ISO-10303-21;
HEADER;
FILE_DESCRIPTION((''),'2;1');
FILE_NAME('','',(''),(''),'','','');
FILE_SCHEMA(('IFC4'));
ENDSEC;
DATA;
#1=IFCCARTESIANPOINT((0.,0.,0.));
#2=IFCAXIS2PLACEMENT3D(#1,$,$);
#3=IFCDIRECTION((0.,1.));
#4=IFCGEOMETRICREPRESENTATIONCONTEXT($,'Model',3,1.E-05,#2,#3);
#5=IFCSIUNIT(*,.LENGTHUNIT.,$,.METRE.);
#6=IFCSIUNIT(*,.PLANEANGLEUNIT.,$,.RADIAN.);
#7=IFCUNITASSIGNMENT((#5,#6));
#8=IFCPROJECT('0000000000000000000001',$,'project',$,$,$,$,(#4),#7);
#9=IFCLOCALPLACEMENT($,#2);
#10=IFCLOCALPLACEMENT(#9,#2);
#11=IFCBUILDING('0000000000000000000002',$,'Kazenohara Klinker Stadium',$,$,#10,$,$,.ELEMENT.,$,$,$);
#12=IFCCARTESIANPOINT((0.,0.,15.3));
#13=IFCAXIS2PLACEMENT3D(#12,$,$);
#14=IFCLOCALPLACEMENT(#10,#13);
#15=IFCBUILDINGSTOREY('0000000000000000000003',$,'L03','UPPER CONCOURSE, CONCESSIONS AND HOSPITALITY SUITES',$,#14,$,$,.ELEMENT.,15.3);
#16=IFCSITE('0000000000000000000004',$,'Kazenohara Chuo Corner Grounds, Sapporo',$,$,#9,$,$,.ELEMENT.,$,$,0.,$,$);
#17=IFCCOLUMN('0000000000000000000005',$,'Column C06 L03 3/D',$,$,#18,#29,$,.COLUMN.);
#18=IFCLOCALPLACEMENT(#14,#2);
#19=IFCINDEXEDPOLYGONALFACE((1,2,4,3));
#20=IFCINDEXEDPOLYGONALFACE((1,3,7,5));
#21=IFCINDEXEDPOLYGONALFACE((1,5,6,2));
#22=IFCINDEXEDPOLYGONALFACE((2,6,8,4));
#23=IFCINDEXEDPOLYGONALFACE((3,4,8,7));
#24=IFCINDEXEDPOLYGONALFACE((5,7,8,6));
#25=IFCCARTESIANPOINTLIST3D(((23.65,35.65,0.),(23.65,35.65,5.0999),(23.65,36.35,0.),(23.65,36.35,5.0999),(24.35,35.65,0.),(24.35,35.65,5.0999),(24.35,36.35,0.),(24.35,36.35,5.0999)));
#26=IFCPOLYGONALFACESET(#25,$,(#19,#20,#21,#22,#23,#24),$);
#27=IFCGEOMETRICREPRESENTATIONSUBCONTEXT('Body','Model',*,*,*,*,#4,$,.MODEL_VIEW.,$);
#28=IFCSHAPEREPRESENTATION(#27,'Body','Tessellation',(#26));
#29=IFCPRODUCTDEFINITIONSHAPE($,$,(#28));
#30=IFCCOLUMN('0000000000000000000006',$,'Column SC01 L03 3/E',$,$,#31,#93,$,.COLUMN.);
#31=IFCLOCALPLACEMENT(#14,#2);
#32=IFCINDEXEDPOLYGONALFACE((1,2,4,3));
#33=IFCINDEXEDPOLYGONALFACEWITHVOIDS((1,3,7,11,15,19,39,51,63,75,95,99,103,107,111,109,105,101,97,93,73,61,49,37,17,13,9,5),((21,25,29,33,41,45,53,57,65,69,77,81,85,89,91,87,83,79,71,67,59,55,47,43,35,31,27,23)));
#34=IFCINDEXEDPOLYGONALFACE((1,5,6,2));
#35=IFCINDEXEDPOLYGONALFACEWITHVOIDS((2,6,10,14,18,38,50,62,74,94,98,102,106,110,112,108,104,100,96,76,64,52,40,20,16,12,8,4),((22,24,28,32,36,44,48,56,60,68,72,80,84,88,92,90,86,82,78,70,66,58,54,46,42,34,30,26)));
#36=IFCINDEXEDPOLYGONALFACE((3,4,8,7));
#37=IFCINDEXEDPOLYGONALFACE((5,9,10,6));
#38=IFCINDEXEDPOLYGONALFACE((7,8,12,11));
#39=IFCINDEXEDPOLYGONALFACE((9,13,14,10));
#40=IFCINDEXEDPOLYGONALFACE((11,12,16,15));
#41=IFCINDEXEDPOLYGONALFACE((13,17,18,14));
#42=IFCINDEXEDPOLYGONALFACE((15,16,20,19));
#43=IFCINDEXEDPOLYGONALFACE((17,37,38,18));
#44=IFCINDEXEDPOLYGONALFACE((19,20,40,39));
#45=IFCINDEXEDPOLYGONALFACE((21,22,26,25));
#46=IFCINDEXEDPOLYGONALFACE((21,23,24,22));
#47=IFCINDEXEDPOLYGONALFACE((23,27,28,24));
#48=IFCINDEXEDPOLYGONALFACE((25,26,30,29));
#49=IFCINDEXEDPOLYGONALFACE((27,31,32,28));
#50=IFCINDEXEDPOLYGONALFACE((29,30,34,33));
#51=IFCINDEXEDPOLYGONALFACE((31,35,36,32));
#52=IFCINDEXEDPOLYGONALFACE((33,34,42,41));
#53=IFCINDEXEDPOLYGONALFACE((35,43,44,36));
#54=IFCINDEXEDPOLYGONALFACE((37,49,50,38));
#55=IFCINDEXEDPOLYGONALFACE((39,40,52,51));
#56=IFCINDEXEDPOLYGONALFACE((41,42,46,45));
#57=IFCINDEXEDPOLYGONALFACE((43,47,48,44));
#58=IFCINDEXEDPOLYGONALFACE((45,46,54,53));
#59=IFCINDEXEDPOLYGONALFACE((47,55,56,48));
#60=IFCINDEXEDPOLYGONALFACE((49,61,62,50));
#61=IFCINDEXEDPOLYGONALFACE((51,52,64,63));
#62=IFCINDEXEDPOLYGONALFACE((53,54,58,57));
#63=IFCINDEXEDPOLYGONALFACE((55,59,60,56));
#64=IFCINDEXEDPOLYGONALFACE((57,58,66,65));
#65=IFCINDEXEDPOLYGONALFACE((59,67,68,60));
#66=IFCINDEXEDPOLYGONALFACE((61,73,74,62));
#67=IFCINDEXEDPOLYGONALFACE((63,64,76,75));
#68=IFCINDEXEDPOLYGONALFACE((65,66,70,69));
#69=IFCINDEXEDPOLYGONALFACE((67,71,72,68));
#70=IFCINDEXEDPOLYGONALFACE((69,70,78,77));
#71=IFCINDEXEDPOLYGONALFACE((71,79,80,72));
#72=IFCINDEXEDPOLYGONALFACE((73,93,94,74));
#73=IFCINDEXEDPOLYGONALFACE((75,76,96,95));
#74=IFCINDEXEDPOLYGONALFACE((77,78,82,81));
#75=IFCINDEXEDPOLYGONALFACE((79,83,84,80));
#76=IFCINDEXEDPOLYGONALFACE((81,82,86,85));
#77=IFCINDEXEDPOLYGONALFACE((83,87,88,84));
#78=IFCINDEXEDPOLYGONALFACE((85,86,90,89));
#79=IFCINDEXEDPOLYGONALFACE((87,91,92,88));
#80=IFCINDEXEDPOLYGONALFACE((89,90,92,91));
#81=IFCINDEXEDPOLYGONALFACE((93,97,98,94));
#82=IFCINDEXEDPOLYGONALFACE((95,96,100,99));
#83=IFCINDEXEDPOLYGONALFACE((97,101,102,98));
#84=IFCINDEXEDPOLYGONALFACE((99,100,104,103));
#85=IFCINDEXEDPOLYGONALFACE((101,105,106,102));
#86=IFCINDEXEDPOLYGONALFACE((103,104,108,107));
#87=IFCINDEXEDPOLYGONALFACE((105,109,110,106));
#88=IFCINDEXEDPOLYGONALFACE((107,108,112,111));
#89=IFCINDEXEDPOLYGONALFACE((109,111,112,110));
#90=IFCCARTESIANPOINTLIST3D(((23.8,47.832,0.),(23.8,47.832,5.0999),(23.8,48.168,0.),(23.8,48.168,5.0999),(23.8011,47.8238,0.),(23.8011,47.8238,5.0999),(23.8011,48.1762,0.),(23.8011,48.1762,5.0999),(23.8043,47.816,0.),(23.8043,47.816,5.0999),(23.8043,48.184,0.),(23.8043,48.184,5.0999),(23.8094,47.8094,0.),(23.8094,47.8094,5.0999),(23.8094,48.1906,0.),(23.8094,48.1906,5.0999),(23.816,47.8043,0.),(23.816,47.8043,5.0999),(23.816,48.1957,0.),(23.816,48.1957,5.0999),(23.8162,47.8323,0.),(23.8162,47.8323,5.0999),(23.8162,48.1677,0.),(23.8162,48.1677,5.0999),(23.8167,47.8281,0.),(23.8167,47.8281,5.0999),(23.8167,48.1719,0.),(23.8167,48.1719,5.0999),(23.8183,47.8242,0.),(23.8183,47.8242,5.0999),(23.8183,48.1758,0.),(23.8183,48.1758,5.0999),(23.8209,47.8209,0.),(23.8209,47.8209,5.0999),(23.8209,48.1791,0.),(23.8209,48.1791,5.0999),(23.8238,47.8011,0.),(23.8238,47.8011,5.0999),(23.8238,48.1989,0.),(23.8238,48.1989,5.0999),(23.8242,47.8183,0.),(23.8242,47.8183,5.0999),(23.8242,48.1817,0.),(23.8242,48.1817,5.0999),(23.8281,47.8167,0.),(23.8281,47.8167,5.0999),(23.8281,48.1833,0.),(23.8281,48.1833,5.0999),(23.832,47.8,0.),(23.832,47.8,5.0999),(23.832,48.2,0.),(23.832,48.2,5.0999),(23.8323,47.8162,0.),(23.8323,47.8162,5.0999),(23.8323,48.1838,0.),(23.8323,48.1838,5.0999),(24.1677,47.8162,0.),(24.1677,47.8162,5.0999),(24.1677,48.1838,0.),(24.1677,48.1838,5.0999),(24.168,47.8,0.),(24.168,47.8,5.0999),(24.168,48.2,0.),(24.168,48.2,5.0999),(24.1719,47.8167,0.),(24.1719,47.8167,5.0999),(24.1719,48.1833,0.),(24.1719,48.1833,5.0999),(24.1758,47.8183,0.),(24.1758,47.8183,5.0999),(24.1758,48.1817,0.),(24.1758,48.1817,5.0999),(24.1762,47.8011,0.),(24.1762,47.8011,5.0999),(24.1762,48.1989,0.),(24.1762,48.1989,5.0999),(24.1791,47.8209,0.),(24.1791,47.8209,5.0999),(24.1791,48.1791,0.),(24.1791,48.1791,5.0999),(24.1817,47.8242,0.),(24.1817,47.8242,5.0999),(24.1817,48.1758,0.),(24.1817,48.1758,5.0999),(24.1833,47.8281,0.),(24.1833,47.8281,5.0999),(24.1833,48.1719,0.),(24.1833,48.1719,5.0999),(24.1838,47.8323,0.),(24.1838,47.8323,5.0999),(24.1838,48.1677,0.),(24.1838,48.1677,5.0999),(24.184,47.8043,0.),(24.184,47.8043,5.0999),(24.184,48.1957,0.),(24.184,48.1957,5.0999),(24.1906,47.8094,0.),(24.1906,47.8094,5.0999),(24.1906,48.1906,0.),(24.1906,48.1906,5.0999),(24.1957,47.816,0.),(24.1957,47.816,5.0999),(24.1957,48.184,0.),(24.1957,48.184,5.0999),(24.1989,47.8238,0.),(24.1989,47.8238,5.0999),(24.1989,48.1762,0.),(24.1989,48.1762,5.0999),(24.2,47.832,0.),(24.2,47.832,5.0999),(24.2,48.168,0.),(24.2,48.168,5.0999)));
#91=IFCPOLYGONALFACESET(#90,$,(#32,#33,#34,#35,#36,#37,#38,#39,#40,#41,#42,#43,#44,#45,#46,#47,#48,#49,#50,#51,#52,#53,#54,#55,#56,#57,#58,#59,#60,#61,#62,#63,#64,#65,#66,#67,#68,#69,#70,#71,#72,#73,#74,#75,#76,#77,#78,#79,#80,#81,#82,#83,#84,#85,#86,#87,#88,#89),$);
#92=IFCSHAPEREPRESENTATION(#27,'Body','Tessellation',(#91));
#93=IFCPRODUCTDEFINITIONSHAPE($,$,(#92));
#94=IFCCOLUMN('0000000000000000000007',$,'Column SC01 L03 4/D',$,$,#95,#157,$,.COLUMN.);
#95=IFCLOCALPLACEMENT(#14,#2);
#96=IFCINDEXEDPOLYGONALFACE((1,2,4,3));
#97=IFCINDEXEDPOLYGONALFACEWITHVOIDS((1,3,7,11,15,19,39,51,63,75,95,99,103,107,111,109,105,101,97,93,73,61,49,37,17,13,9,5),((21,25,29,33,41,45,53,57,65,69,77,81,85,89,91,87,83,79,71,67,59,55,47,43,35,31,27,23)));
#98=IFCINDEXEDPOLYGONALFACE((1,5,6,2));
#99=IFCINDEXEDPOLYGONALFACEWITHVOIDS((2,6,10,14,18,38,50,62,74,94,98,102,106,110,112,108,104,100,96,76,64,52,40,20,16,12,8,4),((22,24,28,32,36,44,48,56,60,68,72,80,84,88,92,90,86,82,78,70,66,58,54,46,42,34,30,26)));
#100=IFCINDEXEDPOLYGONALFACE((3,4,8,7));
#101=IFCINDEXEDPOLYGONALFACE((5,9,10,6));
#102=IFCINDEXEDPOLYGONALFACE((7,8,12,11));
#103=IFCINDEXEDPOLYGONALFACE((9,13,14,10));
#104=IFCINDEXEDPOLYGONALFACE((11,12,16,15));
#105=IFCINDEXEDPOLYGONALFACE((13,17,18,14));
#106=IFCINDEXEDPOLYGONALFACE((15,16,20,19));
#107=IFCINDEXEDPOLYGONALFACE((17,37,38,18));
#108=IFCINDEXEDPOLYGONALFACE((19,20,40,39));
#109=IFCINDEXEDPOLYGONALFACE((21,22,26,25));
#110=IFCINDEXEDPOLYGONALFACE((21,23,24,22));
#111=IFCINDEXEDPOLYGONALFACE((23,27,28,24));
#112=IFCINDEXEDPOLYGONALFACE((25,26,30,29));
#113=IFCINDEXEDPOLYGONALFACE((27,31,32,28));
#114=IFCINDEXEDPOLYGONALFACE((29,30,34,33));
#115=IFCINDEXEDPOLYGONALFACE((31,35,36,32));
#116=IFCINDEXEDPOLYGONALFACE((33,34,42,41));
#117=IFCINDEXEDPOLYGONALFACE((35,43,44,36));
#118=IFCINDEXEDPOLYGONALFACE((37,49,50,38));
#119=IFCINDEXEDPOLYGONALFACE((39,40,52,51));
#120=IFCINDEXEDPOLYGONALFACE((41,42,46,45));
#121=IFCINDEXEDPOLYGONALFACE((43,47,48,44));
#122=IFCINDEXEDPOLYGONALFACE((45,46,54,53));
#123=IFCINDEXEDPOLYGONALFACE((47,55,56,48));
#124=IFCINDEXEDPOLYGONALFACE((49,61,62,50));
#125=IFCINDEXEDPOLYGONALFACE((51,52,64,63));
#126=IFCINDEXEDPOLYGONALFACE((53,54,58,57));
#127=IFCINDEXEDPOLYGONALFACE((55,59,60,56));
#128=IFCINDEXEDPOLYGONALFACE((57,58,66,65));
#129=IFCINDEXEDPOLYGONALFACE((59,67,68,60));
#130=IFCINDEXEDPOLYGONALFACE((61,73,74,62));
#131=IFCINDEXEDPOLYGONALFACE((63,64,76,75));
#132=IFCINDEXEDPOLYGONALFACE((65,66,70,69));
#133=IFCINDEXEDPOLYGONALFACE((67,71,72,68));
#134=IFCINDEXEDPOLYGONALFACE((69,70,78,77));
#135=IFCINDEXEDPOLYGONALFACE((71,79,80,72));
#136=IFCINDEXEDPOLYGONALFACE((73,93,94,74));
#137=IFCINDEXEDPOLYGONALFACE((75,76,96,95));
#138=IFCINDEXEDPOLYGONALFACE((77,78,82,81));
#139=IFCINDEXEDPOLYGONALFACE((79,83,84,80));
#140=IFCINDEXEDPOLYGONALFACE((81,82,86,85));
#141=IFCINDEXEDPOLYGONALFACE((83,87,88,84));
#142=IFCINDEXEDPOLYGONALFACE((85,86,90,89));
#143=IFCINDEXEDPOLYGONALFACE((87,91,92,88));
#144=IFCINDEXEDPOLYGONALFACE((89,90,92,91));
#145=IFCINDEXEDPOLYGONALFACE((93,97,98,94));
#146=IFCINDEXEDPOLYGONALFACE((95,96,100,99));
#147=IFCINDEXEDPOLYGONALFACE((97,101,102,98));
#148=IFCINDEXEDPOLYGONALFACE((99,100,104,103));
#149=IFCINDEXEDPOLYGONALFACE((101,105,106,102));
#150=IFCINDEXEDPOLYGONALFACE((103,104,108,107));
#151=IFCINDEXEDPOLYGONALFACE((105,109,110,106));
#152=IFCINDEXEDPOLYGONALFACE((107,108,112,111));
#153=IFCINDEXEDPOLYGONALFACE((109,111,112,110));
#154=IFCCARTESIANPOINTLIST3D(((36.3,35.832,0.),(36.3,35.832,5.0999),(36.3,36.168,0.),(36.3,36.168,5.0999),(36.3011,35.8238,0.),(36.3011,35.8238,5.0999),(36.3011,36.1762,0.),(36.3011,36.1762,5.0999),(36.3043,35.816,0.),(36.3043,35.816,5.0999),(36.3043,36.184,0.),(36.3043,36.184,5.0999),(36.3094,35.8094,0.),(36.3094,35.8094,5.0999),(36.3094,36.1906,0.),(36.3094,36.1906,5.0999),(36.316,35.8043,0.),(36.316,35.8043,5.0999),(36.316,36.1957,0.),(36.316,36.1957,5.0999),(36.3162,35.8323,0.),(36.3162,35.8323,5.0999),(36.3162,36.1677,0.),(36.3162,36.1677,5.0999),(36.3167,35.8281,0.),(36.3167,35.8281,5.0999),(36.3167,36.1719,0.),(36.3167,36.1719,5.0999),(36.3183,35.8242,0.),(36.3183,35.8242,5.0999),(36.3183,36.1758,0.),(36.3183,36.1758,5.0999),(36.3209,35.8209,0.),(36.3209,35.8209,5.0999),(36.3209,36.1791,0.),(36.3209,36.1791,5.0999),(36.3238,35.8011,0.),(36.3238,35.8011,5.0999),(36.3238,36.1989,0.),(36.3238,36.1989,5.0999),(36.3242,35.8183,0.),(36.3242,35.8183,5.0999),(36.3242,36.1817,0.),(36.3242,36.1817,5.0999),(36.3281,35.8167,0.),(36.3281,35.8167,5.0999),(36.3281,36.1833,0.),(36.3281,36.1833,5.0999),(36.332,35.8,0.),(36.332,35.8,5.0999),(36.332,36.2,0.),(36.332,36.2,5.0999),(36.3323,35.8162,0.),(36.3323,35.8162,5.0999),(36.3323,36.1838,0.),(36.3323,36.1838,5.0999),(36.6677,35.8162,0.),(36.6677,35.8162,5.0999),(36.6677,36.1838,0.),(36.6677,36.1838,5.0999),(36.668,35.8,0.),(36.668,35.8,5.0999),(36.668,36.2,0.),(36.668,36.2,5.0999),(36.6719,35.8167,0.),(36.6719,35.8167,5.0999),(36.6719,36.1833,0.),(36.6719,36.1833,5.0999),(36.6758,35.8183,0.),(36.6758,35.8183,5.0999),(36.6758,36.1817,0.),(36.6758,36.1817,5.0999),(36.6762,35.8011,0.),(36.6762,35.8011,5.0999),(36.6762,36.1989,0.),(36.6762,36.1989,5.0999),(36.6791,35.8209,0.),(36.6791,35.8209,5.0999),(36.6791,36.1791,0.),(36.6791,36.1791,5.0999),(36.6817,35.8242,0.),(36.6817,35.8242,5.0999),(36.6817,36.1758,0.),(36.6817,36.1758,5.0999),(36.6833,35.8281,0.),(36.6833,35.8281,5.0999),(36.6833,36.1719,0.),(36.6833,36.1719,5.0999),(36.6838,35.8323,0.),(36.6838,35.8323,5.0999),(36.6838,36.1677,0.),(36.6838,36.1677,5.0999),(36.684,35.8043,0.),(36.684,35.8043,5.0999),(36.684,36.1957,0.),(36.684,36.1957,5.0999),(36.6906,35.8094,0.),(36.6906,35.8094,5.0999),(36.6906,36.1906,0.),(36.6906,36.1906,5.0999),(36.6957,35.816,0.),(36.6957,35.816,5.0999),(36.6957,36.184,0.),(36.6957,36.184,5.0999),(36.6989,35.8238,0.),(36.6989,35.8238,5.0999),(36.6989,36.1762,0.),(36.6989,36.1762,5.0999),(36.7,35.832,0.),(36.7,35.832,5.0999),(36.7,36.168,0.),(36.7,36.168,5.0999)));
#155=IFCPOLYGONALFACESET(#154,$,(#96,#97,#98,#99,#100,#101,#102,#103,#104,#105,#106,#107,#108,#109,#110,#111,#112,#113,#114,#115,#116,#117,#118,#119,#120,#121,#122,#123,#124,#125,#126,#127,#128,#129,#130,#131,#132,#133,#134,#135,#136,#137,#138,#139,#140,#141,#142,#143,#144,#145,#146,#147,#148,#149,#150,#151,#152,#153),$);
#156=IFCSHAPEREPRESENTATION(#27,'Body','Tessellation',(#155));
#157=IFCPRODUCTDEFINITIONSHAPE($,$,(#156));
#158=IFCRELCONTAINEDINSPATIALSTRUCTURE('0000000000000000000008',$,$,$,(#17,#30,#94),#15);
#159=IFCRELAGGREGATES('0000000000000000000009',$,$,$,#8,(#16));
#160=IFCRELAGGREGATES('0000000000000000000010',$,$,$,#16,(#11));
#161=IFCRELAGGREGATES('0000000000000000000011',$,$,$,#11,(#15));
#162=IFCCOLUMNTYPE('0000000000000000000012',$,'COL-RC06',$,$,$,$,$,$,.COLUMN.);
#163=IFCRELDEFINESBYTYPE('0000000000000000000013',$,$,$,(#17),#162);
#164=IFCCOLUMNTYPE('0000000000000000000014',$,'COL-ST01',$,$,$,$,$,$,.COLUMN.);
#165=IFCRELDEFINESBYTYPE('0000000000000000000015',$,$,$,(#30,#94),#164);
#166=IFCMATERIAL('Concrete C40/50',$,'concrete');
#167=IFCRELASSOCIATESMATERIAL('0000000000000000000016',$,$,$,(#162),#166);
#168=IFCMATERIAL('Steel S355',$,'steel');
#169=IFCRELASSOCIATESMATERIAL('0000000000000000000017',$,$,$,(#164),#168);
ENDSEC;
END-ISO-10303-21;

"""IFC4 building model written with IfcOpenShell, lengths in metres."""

from ifc_helpers import new_model, si_unit, direction, frame, origin, origin_2d, place, context, subcontext, project, spatial, rectangle, hollow_rectangle, extrude, material, material_profile, profile_set, type_object, element, save


model = new_model("IFC4")

# Units and contexts
model_context = context("Model", 3, precision=1e-05, world=origin(), true_north=direction((0.0, 1.0)))
body_context = subcontext(model_context, "Body", "Model", "MODEL_VIEW")
ifc_project = project(units=[si_unit("LENGTHUNIT", "METRE"), si_unit("PLANEANGLEUNIT", "RADIAN")], contexts=[model_context])

# Site, building, storey
site_placement = place(None, origin())
site = spatial("IfcSite", under=ifc_project, at=site_placement, Name="Kazenohara Chuo Corner Grounds, Sapporo", CompositionType="ELEMENT", RefElevation=0.0)
building_placement = place(site_placement, origin())
building = spatial("IfcBuilding", under=site, at=building_placement, Name="Kazenohara Klinker Stadium", CompositionType="ELEMENT")
storey_placement = place(building_placement, frame((0.0, 0.0, 15.3)))
storey = spatial("IfcBuildingStorey", under=building, at=storey_placement, Name="L03", Description="UPPER CONCOURSE, CONCESSIONS AND HOSPITALITY SUITES", CompositionType="ELEMENT", Elevation=15.3)

# Columns
ifc_material_1 = material(Name="Concrete C40/50", Category="concrete")
ifc_material_profile_1 = material_profile(ifc_material_1, rectangle(XDim=0.7, YDim=0.7, at=origin_2d()), Name="RC-COL-700x700")
ifc_profile_set_1 = profile_set([ifc_material_profile_1], Name="Concrete C40/50")
column_type_1 = type_object("IfcColumnType", Name="COL-RC06", PredefinedType="COLUMN", material=ifc_profile_set_1)
column_placement = place(storey_placement, frame((24.0, 36.0, 0.0), z_axis=(0.0, 0.0, 1.0), x_axis=(1.0, 0.0, 0.0)))
element("IfcColumn", 1, at=column_placement, inside=storey, type_object=column_type_1, Name="Column C06 L03 3/D", PredefinedType="COLUMN", context=body_context, shape_type="SweptSolid", body=[
    extrude(rectangle(XDim=0.7, YDim=0.7, at=origin_2d()), origin(), (0.0, 0.0, 1.0), 5.0999),
])
ifc_material_2 = material(Name="Steel S355", Category="steel")
ifc_material_profile_2 = material_profile(ifc_material_2, hollow_rectangle(XDim=0.3999, YDim=0.3999, WallThickness=0.0161, InnerFilletRadius=0.0161, OuterFilletRadius=0.032, at=origin_2d()), Name="SHS-400x400x16")
ifc_profile_set_2 = profile_set([ifc_material_profile_2], Name="Steel S355")
column_type_2 = type_object("IfcColumnType", Name="COL-ST01", PredefinedType="COLUMN", material=ifc_profile_set_2)
for number, where, z_axis, x_axis, name in (
    (2, (24.0, 48.0, 0.0), (0.0, 0.0, 1.0), (1.0, 0.0, 0.0), "Column SC01 L03 3/E"),
    (3, (36.5, 36.0, 0.0), (0.0, 0.0, 1.0), (1.0, 0.0, 0.0), "Column SC01 L03 4/D"),
):
    element("IfcColumn", number, at=place(storey_placement, frame(where, z_axis=z_axis, x_axis=x_axis)), inside=storey, type_object=column_type_2, Name=name, PredefinedType="COLUMN", context=body_context, shape_type="SweptSolid", body=[
        extrude(hollow_rectangle(XDim=0.3999, YDim=0.3999, WallThickness=0.0161, InnerFilletRadius=0.0161, OuterFilletRadius=0.032, at=origin_2d()), origin(), (0.0, 0.0, 1.0), 5.0999),
    ])

save(model, "model.ifc")
